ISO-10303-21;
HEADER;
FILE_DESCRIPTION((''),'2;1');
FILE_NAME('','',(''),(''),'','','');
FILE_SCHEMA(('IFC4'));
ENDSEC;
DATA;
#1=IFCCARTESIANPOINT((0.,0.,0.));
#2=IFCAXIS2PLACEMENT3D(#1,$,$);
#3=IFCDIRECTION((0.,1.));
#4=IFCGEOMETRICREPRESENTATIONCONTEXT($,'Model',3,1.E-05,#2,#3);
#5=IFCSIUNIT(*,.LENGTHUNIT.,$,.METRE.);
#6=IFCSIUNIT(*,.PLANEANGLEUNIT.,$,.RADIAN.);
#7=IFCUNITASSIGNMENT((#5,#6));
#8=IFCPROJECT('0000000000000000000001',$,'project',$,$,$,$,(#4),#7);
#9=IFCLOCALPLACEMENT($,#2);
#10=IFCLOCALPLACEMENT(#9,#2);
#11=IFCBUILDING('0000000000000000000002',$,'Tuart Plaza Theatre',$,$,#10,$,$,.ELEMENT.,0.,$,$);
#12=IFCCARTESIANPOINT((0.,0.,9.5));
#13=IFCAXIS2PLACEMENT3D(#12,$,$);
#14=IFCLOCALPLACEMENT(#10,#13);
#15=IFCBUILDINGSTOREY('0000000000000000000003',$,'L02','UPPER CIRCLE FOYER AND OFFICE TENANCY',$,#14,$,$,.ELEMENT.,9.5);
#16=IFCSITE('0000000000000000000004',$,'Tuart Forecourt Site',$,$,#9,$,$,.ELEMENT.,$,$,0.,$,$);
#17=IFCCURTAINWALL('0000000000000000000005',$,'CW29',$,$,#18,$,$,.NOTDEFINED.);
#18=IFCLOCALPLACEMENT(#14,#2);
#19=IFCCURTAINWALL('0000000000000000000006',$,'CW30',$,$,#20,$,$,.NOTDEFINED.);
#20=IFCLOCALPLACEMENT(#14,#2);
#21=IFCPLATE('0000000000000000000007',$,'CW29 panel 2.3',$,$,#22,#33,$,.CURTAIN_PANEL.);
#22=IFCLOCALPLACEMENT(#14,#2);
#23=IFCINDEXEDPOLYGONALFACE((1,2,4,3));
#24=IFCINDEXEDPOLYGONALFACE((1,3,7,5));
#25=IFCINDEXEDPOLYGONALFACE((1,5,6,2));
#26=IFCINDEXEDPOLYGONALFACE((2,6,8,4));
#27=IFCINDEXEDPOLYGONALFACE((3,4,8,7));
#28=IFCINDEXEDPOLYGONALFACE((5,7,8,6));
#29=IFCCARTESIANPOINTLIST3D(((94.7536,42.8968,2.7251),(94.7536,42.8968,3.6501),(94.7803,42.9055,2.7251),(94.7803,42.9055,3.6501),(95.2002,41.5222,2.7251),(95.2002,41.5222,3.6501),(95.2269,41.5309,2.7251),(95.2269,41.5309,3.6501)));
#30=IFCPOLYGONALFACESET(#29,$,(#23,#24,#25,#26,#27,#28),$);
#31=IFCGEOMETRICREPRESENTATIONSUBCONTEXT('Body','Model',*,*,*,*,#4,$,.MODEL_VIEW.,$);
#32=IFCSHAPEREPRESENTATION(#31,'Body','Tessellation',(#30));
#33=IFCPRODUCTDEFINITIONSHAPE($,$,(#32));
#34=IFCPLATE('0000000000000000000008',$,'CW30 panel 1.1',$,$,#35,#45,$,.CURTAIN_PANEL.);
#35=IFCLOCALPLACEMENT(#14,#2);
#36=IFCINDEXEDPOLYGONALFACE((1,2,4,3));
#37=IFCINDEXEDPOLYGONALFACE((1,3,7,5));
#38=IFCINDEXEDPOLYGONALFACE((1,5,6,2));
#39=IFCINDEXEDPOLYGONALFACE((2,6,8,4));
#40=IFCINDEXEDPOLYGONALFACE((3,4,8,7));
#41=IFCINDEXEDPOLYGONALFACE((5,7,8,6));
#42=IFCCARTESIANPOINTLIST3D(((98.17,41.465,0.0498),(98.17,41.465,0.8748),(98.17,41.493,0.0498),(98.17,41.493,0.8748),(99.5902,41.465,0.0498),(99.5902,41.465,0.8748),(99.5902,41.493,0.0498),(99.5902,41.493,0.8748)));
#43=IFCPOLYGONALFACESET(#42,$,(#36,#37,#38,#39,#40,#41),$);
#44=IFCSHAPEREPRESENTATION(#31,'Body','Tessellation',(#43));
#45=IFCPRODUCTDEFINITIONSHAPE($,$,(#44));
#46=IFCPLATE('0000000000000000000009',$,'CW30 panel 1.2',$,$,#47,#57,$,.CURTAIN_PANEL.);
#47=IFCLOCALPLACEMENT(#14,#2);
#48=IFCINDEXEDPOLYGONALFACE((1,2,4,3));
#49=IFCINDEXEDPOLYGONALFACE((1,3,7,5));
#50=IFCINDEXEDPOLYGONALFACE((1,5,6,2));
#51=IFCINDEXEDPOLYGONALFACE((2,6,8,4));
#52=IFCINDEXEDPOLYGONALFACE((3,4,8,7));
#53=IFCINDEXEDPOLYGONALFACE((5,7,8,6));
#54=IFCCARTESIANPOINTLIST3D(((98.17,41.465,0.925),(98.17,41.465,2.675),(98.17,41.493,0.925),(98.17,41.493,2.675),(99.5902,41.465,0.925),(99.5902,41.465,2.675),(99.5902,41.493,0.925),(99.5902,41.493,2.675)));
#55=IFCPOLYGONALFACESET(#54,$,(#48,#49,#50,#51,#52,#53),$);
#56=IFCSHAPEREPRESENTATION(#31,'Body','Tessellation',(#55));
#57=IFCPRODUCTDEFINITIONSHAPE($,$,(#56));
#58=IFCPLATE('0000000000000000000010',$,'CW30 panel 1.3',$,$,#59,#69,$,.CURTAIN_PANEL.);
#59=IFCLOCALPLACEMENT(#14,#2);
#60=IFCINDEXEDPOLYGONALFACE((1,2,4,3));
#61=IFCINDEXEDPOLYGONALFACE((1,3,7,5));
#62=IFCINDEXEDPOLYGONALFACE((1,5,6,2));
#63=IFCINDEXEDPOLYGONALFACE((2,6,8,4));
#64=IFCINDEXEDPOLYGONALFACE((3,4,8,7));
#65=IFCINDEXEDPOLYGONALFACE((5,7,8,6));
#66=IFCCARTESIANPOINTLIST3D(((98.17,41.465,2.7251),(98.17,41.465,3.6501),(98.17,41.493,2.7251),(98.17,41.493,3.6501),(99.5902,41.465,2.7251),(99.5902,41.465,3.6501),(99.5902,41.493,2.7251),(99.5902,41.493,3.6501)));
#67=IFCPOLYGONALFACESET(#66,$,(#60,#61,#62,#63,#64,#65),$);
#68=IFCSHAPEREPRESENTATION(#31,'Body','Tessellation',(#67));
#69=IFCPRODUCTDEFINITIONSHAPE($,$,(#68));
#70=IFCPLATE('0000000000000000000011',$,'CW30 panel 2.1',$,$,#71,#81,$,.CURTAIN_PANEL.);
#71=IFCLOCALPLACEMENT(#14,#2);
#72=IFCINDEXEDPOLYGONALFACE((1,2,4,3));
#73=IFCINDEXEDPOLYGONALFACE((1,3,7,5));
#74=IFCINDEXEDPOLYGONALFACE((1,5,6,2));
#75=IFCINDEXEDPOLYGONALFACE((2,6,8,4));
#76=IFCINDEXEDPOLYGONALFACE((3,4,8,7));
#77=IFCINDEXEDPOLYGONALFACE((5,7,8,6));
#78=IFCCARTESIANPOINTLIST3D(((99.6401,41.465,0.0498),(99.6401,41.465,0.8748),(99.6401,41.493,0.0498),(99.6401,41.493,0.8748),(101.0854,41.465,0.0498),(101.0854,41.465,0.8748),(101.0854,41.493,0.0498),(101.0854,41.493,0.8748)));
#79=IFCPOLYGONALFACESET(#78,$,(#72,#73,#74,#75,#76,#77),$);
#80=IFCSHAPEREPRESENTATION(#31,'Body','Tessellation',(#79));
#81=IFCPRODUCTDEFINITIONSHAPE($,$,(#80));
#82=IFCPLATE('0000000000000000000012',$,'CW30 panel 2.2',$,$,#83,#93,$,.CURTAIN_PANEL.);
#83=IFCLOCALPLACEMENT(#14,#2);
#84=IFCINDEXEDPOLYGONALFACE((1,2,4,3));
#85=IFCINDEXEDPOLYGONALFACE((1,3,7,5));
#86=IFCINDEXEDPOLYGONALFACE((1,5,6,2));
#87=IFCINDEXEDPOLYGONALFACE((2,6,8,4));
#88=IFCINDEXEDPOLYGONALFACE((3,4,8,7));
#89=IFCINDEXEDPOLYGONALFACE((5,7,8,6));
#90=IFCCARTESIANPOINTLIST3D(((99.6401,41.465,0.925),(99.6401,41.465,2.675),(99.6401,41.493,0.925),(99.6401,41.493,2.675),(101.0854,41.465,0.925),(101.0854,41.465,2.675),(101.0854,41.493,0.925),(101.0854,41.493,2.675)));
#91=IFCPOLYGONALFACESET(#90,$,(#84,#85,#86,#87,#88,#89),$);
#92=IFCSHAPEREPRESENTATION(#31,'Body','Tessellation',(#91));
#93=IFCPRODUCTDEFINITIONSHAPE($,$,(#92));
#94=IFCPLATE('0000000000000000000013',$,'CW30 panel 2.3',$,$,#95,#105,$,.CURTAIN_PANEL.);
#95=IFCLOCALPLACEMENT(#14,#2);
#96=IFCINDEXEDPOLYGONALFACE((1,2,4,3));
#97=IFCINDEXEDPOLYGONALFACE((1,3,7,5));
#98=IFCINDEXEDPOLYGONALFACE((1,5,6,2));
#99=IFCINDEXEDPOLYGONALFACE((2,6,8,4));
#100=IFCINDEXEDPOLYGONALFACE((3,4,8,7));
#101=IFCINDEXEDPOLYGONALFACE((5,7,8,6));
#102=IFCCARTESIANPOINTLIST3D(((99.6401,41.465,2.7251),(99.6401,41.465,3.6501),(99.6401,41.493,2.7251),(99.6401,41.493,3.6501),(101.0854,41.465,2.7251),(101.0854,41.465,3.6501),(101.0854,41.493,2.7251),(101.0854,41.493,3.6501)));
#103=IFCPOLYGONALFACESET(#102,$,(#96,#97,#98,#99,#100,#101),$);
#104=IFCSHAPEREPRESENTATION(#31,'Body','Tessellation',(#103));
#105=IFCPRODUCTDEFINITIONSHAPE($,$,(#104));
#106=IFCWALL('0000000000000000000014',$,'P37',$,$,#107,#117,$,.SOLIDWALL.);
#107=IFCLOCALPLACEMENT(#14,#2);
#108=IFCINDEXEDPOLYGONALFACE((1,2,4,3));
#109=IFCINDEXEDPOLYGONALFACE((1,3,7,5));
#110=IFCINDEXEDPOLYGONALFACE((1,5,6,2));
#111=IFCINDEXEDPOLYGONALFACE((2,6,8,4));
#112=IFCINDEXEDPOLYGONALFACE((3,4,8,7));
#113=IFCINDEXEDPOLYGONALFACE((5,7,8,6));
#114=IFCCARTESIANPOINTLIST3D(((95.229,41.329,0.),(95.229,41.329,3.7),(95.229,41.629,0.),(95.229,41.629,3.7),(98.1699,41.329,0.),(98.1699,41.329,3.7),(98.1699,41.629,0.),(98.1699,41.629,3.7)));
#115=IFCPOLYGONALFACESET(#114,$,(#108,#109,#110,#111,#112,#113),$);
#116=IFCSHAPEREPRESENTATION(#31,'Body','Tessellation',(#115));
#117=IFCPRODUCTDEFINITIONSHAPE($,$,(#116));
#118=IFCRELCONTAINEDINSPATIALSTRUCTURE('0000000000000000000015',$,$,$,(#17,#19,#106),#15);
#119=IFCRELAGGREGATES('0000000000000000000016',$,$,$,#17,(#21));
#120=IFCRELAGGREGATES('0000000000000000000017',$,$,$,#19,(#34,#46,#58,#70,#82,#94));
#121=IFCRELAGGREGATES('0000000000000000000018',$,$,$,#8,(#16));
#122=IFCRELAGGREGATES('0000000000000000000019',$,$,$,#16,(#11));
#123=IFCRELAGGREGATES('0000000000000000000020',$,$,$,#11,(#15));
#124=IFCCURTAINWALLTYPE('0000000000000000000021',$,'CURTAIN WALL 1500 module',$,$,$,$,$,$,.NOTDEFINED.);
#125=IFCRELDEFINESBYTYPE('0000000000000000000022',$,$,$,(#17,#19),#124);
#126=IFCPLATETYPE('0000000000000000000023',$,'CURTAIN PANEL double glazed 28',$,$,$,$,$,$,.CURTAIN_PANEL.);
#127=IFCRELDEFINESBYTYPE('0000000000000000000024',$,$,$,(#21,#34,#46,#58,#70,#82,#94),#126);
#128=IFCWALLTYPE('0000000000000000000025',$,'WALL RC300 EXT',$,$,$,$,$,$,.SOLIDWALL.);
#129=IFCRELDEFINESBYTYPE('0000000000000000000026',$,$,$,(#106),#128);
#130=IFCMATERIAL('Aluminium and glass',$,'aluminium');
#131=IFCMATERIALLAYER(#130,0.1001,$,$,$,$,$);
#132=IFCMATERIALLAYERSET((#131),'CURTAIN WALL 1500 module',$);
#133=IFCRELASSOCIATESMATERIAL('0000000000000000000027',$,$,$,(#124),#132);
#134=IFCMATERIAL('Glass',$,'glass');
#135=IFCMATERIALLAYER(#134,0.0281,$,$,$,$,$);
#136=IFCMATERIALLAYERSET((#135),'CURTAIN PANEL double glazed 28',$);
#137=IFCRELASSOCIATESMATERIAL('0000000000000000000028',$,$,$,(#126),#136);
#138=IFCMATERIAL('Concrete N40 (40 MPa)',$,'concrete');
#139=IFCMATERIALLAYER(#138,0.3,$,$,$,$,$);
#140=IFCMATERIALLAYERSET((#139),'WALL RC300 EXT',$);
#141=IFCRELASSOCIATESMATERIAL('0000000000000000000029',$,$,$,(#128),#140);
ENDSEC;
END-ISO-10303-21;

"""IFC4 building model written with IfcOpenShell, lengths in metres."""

from ifc_helpers import new_model, si_unit, direction, frame, frame_2d, origin, origin_2d, place, context, subcontext, project, spatial, rectangle, extrude, material, layer, layer_set, type_object, element, aggregate, save


model = new_model("IFC4")

# Units and contexts
model_context = context("Model", 3, precision=1e-05, world=origin(), true_north=direction((0.0, 1.0)))
body_context = subcontext(model_context, "Body", "Model", "MODEL_VIEW")
ifc_project = project(units=[si_unit("LENGTHUNIT", "METRE"), si_unit("PLANEANGLEUNIT", "RADIAN")], contexts=[model_context])

# Site, building, storey
site_placement = place(None, origin())
site = spatial("IfcSite", under=ifc_project, at=site_placement, Name="Tuart Forecourt Site", CompositionType="ELEMENT", RefElevation=0.0)
building_placement = place(site_placement, origin())
building = spatial("IfcBuilding", under=site, at=building_placement, Name="Tuart Plaza Theatre", CompositionType="ELEMENT", ElevationOfRefHeight=0.0)
storey_placement = place(building_placement, frame((0.0, 0.0, 9.5)))
storey = spatial("IfcBuildingStorey", under=building, at=storey_placement, Name="L02", Description="UPPER CIRCLE FOYER AND OFFICE TENANCY", CompositionType="ELEMENT", Elevation=9.5)

# Curtain wall
ifc_material_1 = material(Name="Aluminium and glass", Category="aluminium")
ifc_layer_1 = layer(ifc_material_1, 0.1001)
ifc_layer_set_1 = layer_set([ifc_layer_1], Name="CURTAIN WALL 1500 module")
curtain_wall_type = type_object("IfcCurtainWallType", Name="CURTAIN WALL 1500 module", PredefinedType="NOTDEFINED", material=ifc_layer_set_1)
curtain_wall_1_placement = place(storey_placement, origin())
curtain_wall_1 = element("IfcCurtainWall", 1, at=curtain_wall_1_placement, inside=storey, type_object=curtain_wall_type, Name="CW29", PredefinedType="NOTDEFINED")

# Curtain wall
curtain_wall_2_placement = place(storey_placement, origin())
curtain_wall_2 = element("IfcCurtainWall", 2, at=curtain_wall_2_placement, inside=storey, type_object=curtain_wall_type, Name="CW30", PredefinedType="NOTDEFINED")

# Shared definitions
ifc_material_2 = material(Name="Glass", Category="glass")
ifc_layer_2 = layer(ifc_material_2, 0.0281)
ifc_layer_set_2 = layer_set([ifc_layer_2], Name="CURTAIN PANEL double glazed 28")
plate_type = type_object("IfcPlateType", Name="CURTAIN PANEL double glazed 28", PredefinedType="CURTAIN_PANEL", material=ifc_layer_set_2)

# Plates
plate_1_placement = place(storey_placement, frame((94.9902, 42.2139, 2.7251), z_axis=(0.0, 0.0, 1.0), x_axis=(0.309018, -0.951056, 0.0)))
plate_1 = element("IfcPlate", 3, at=plate_1_placement, type_object=plate_type, Name="CW29 panel 2.3", PredefinedType="CURTAIN_PANEL", context=body_context, shape_type="SweptSolid", body=[
    extrude(rectangle(XDim=1.4453, YDim=0.0281, at=origin_2d()), origin(), (0.0, 0.0, 1.0), 0.925),
])
aggregate(curtain_wall_1, [plate_1])
plate_2_placement = place(storey_placement, frame((98.8801, 41.479, 0.0498), z_axis=(0.0, 0.0, 1.0), x_axis=(1.0, 0.0, 0.0)))
plate_2 = element("IfcPlate", 4, at=plate_2_placement, type_object=plate_type, Name="CW30 panel 1.1", PredefinedType="CURTAIN_PANEL", context=body_context, shape_type="SweptSolid", body=[
    extrude(rectangle(XDim=1.4202, YDim=0.0281, at=origin_2d()), origin(), (0.0, 0.0, 1.0), 0.825),
])
plate_3_placement = place(storey_placement, frame((98.8801, 41.479, 0.925), z_axis=(0.0, 0.0, 1.0), x_axis=(1.0, 0.0, 0.0)))
plate_3 = element("IfcPlate", 5, at=plate_3_placement, type_object=plate_type, Name="CW30 panel 1.2", PredefinedType="CURTAIN_PANEL", context=body_context, shape_type="SweptSolid", body=[
    extrude(rectangle(XDim=1.4202, YDim=0.0281, at=origin_2d()), origin(), (0.0, 0.0, 1.0), 1.75),
])
plate_4_placement = place(storey_placement, frame((98.8801, 41.479, 2.7251), z_axis=(0.0, 0.0, 1.0), x_axis=(1.0, 0.0, 0.0)))
plate_4 = element("IfcPlate", 6, at=plate_4_placement, type_object=plate_type, Name="CW30 panel 1.3", PredefinedType="CURTAIN_PANEL", context=body_context, shape_type="SweptSolid", body=[
    extrude(rectangle(XDim=1.4202, YDim=0.0281, at=origin_2d()), origin(), (0.0, 0.0, 1.0), 0.925),
])
plate_5_placement = place(storey_placement, frame((100.3628, 41.479, 0.0498), z_axis=(0.0, 0.0, 1.0), x_axis=(1.0, 0.0, 0.0)))
plate_5 = element("IfcPlate", 7, at=plate_5_placement, type_object=plate_type, Name="CW30 panel 2.1", PredefinedType="CURTAIN_PANEL", context=body_context, shape_type="SweptSolid", body=[
    extrude(rectangle(XDim=1.4453, YDim=0.0281, at=origin_2d()), origin(), (0.0, 0.0, 1.0), 0.825),
])
plate_6_placement = place(storey_placement, frame((100.3628, 41.479, 0.925), z_axis=(0.0, 0.0, 1.0), x_axis=(1.0, 0.0, 0.0)))
plate_6 = element("IfcPlate", 8, at=plate_6_placement, type_object=plate_type, Name="CW30 panel 2.2", PredefinedType="CURTAIN_PANEL", context=body_context, shape_type="SweptSolid", body=[
    extrude(rectangle(XDim=1.4453, YDim=0.0281, at=origin_2d()), origin(), (0.0, 0.0, 1.0), 1.75),
])
plate_7_placement = place(storey_placement, frame((100.3628, 41.479, 2.7251), z_axis=(0.0, 0.0, 1.0), x_axis=(1.0, 0.0, 0.0)))
plate_7 = element("IfcPlate", 9, at=plate_7_placement, type_object=plate_type, Name="CW30 panel 2.3", PredefinedType="CURTAIN_PANEL", context=body_context, shape_type="SweptSolid", body=[
    extrude(rectangle(XDim=1.4453, YDim=0.0281, at=origin_2d()), origin(), (0.0, 0.0, 1.0), 0.925),
])
aggregate(curtain_wall_2, [plate_2, plate_3, plate_4, plate_5, plate_6, plate_7])

# Wall
ifc_material_3 = material(Name="Concrete N40 (40 MPa)", Category="concrete")
ifc_layer_3 = layer(ifc_material_3, 0.3)
ifc_layer_set_3 = layer_set([ifc_layer_3], Name="WALL RC300 EXT")
wall_type = type_object("IfcWallType", Name="WALL RC300 EXT", PredefinedType="SOLIDWALL", material=ifc_layer_set_3)
wall_placement = place(storey_placement, frame((95.229, 41.479, 0.0), z_axis=(0.0, 0.0, 1.0), x_axis=(1.0, 0.0, 0.0)))
element("IfcWall", 10, at=wall_placement, inside=storey, type_object=wall_type, Name="P37", PredefinedType="SOLIDWALL", context=body_context, shape_type="SweptSolid", body=[
    extrude(rectangle(XDim=2.9409, YDim=0.3, at=frame_2d((1.4705, 0.0))), origin(), (0.0, 0.0, 1.0), 3.7),
])

save(model, "model.ifc")
